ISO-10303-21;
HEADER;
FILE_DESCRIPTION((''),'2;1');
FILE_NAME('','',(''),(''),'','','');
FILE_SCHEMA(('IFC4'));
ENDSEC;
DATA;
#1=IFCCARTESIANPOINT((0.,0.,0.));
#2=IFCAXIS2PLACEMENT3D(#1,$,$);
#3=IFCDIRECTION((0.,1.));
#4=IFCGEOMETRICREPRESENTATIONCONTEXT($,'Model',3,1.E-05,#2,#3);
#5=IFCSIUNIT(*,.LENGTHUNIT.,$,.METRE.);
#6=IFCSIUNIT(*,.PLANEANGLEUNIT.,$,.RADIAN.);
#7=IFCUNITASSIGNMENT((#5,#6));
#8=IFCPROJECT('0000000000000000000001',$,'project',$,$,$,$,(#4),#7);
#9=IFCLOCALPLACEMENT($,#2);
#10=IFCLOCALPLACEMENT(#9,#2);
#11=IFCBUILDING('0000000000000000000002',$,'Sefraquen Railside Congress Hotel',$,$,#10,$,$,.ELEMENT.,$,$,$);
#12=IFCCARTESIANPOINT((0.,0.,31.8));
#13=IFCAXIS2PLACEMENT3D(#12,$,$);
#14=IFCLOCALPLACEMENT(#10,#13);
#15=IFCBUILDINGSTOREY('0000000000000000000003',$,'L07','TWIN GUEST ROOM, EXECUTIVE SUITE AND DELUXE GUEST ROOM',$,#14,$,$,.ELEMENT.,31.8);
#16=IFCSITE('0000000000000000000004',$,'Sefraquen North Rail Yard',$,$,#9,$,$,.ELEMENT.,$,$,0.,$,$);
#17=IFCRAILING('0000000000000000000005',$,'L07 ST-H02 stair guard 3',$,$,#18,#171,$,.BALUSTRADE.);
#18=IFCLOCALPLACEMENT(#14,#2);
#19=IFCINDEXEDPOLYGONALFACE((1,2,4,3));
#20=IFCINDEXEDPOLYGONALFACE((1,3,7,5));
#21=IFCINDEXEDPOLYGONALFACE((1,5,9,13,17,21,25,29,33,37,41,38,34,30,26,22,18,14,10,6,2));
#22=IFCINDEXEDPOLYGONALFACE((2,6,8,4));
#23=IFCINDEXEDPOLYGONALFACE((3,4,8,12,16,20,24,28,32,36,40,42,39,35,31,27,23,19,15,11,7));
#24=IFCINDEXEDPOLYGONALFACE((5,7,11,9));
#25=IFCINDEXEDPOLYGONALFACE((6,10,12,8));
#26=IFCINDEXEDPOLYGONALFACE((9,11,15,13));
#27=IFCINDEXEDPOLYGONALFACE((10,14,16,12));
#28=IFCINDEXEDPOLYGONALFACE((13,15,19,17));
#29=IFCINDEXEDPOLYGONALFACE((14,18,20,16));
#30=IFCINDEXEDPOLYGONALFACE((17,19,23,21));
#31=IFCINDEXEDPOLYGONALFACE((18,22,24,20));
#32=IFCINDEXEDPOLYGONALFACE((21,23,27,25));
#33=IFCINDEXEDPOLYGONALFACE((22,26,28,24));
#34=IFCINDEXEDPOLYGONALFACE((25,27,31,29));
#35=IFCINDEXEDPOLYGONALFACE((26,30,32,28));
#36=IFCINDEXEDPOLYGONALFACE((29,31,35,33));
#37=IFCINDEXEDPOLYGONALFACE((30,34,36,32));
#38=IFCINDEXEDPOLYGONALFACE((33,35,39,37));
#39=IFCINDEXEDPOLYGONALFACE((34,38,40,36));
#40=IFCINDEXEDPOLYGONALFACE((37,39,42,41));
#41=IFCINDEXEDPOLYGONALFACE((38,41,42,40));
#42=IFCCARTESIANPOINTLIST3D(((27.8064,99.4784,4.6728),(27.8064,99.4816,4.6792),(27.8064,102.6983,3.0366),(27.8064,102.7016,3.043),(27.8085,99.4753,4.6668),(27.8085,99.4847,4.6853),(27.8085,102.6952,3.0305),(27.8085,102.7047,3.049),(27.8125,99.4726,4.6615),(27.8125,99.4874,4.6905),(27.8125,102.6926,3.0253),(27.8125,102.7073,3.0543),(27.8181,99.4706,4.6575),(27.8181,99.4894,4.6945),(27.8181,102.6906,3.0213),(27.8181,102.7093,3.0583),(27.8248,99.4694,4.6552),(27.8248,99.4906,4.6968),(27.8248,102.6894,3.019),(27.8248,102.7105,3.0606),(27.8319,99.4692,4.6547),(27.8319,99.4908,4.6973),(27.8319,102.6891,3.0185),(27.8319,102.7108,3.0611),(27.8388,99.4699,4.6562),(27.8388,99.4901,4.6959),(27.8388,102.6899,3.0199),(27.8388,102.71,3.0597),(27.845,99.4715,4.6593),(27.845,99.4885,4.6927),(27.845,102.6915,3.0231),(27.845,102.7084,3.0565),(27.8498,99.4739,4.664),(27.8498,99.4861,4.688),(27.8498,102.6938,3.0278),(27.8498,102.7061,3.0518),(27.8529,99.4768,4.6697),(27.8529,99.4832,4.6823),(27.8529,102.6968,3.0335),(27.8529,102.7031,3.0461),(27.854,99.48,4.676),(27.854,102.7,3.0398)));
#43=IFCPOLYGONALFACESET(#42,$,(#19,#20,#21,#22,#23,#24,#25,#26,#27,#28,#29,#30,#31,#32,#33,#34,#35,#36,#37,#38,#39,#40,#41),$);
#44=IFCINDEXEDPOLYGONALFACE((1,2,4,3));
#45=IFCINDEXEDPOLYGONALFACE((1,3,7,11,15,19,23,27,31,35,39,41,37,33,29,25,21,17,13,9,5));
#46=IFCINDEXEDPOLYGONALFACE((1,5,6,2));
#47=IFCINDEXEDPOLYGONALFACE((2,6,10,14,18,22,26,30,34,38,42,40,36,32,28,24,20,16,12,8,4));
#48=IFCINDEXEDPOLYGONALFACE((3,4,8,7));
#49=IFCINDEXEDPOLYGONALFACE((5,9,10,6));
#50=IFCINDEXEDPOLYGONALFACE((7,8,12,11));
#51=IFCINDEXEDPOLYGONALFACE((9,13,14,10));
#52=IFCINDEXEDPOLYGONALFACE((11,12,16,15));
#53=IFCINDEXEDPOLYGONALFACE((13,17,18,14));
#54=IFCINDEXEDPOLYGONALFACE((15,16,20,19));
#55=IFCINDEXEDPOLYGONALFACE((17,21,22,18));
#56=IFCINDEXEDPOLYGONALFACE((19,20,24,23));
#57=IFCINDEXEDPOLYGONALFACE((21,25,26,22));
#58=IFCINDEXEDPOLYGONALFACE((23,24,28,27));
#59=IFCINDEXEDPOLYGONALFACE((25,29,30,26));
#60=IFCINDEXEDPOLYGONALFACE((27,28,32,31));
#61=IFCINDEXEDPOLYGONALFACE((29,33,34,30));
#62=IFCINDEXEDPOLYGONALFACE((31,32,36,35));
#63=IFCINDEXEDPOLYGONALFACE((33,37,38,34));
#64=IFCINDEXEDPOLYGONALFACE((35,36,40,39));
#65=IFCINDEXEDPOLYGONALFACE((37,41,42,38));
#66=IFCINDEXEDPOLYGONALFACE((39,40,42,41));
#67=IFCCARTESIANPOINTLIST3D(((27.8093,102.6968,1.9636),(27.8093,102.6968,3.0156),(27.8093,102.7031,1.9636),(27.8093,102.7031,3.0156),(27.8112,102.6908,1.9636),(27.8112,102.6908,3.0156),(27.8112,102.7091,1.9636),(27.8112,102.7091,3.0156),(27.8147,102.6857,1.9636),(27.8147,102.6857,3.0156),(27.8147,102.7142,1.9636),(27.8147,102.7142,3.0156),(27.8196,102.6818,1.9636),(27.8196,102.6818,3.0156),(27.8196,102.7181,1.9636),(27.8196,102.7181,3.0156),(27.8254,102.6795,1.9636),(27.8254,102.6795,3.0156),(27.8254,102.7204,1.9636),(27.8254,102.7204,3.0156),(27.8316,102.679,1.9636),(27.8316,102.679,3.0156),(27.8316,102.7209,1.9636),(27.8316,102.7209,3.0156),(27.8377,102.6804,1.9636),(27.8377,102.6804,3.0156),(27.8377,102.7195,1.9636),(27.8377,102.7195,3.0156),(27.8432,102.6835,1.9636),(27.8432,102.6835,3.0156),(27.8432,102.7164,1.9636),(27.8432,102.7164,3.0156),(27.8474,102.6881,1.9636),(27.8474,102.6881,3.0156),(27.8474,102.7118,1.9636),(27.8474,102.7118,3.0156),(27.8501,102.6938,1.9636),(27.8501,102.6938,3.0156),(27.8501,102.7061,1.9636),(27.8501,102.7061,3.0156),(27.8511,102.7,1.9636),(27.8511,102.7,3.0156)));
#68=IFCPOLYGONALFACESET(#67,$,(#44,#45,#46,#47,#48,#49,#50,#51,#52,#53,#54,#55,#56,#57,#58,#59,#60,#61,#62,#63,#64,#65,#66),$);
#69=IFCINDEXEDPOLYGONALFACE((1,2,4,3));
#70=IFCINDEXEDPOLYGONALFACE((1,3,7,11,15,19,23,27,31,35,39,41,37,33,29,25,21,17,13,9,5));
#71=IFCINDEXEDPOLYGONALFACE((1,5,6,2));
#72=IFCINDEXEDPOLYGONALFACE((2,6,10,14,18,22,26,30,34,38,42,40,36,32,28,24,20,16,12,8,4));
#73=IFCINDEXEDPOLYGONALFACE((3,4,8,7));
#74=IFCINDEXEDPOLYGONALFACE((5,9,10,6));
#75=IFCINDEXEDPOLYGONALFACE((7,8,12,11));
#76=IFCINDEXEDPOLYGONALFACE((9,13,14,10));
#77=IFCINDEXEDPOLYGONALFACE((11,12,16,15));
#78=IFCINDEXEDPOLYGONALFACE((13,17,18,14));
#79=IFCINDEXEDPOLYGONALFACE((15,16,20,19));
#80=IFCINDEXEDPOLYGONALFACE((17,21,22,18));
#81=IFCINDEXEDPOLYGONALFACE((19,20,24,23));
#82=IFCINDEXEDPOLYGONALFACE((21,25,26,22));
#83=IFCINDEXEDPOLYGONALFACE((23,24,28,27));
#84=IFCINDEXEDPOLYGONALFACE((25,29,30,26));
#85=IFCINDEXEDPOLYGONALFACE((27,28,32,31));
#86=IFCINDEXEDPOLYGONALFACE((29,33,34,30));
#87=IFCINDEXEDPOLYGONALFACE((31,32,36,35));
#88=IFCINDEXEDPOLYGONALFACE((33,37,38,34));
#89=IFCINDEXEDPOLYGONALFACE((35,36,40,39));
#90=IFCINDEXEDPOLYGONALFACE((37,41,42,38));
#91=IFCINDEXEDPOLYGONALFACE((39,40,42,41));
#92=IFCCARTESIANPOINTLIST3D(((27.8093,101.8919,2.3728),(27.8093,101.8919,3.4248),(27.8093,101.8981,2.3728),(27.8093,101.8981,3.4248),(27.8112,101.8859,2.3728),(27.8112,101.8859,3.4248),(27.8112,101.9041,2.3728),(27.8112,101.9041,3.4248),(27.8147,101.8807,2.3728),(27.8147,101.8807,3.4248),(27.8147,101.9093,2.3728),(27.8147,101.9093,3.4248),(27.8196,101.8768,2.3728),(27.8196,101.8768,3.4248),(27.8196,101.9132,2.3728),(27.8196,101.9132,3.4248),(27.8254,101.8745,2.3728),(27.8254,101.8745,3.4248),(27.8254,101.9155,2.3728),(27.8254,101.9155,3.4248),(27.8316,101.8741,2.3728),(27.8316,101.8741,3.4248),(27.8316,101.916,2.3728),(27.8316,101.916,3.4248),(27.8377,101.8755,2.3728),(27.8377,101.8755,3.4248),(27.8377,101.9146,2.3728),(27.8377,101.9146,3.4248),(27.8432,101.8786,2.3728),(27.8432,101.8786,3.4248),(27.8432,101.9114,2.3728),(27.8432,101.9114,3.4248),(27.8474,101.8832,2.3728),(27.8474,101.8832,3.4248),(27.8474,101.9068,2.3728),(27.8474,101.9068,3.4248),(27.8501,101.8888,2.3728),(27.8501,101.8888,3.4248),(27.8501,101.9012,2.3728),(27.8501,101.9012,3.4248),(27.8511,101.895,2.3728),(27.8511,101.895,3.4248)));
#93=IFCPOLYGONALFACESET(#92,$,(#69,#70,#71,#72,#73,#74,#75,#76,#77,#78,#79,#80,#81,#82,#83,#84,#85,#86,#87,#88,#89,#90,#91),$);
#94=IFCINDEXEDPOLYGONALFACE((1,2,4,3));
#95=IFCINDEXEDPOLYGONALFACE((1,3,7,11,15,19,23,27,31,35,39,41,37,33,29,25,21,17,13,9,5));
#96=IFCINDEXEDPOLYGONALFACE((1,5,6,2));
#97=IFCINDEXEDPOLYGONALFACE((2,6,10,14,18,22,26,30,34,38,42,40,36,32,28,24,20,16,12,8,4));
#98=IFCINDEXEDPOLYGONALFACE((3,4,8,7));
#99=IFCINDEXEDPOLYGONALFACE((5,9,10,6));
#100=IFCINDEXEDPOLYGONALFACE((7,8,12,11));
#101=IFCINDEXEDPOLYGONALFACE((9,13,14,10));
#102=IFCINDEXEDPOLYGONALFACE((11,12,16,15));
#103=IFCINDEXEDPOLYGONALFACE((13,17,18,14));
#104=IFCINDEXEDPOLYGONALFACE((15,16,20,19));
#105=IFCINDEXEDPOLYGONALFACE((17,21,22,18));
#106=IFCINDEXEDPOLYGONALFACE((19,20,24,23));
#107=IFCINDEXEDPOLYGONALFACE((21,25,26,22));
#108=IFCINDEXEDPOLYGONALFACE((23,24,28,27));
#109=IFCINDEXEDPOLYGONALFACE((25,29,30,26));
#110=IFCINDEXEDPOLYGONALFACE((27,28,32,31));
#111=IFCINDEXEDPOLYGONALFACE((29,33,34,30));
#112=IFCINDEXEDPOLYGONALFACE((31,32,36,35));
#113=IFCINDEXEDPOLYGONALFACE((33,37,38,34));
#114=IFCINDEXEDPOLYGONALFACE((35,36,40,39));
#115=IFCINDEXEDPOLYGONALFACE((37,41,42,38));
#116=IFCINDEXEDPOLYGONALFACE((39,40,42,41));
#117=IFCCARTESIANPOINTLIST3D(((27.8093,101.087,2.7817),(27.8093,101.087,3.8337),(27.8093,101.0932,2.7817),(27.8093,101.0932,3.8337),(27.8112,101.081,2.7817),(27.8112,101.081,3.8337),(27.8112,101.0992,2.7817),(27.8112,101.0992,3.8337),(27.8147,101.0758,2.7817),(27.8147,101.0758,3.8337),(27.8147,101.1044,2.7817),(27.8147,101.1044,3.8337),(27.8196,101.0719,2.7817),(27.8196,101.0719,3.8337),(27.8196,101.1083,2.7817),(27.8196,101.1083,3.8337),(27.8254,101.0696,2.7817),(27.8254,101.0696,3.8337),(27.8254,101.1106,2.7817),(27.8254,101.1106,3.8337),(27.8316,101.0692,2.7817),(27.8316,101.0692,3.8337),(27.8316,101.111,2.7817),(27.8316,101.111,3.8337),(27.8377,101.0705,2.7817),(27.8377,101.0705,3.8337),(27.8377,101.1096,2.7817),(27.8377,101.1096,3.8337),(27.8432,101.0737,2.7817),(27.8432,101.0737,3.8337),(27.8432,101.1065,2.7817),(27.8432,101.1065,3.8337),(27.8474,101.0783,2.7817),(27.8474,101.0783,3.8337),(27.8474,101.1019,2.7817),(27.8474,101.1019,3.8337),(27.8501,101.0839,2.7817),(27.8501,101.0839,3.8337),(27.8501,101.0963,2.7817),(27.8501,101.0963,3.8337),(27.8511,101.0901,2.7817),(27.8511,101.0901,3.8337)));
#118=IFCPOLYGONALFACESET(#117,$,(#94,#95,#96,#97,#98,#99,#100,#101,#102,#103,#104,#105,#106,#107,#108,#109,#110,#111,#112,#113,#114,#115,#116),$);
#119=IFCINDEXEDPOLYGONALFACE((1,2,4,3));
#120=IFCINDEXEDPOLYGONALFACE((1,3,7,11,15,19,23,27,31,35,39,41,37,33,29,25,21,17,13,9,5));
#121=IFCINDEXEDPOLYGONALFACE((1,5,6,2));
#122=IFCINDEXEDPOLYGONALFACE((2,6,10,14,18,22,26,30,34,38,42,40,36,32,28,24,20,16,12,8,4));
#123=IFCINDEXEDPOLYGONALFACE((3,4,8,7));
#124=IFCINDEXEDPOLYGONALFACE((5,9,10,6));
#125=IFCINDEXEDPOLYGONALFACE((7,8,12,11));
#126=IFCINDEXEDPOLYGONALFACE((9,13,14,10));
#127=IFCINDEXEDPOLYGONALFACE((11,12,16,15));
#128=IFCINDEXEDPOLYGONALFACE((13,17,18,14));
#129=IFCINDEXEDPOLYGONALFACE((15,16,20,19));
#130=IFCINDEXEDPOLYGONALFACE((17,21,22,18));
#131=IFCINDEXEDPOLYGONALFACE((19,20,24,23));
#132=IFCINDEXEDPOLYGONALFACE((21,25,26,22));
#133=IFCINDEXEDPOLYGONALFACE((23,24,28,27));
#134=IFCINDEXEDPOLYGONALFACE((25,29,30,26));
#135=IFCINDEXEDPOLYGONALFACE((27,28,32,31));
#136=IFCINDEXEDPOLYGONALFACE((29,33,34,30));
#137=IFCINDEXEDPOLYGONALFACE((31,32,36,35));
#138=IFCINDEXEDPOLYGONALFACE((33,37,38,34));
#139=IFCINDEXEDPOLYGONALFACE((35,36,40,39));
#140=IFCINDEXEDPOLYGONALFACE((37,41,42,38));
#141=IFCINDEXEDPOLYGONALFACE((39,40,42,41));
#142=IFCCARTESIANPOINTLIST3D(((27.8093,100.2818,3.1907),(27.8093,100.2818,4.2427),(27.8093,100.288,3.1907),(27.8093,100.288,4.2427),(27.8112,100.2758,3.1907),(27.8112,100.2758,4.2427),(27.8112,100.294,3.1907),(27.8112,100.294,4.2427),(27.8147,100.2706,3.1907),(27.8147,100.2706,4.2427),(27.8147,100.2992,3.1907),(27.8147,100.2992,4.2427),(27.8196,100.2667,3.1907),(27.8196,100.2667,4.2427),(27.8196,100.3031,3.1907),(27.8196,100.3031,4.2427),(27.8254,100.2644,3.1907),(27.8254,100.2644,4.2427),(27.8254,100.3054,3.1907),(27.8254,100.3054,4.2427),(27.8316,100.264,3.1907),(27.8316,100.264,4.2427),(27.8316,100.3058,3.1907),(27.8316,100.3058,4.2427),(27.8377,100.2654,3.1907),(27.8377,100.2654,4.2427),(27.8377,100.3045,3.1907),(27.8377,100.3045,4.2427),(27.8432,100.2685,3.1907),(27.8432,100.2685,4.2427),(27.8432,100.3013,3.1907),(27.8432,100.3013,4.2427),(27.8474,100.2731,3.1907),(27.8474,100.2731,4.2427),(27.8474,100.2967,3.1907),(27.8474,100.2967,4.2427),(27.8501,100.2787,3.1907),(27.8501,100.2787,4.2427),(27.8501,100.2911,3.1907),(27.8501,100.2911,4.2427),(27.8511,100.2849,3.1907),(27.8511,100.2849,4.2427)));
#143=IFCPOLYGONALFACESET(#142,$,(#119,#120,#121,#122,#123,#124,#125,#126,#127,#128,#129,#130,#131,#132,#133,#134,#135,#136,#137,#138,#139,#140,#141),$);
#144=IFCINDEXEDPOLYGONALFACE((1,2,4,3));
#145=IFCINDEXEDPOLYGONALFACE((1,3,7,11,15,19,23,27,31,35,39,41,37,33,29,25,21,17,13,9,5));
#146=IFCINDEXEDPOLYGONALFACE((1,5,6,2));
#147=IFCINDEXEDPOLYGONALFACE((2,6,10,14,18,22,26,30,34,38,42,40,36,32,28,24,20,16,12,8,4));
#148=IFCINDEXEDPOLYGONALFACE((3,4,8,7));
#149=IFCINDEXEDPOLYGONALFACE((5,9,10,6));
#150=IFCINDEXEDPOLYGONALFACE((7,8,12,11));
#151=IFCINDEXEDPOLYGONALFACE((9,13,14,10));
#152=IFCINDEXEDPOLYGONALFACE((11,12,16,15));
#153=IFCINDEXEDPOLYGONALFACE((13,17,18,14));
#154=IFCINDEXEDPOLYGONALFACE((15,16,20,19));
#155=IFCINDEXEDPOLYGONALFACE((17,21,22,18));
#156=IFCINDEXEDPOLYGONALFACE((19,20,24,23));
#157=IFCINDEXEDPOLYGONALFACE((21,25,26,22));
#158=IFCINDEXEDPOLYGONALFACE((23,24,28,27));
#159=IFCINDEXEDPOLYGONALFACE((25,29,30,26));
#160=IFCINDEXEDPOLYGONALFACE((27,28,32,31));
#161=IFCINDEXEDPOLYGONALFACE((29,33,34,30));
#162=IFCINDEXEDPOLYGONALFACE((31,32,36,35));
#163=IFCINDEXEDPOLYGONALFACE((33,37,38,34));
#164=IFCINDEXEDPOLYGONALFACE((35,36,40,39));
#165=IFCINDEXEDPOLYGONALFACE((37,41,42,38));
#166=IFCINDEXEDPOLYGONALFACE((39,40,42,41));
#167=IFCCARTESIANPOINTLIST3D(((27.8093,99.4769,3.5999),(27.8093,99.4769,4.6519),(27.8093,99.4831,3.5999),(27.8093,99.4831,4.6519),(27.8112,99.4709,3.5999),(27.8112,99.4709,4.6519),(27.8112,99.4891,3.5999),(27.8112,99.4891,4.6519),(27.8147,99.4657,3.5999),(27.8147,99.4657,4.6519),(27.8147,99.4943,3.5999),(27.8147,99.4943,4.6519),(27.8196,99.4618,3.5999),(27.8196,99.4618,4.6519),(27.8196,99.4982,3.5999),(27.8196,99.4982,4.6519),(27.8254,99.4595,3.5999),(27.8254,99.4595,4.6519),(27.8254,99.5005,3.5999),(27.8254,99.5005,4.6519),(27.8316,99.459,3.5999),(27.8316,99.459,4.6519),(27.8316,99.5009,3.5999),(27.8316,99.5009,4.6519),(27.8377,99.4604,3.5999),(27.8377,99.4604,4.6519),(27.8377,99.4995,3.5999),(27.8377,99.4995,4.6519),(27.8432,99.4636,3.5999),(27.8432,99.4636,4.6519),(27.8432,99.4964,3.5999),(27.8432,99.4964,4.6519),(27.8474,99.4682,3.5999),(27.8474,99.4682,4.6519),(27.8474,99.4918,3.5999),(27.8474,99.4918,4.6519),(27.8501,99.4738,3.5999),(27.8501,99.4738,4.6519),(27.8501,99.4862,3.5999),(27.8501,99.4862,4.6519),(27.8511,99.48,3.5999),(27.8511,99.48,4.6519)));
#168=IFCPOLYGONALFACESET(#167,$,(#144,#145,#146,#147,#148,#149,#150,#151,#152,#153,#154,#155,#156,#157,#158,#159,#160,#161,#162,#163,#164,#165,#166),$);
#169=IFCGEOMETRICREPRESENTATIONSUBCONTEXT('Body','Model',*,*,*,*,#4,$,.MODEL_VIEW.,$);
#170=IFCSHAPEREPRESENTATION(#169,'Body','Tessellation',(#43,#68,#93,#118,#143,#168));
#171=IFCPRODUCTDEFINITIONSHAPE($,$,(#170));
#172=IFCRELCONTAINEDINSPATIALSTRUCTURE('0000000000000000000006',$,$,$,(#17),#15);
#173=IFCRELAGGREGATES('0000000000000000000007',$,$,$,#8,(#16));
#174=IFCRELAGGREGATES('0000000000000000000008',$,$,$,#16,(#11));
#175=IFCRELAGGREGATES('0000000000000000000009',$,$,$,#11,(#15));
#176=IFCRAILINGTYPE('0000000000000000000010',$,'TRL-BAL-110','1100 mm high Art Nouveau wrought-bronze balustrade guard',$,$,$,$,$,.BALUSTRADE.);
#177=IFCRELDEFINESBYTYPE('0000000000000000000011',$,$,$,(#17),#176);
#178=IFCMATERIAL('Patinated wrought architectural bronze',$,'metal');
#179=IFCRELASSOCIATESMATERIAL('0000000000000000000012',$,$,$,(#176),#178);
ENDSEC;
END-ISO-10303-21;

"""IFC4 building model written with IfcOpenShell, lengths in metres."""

from ifc_helpers import new_model, si_unit, direction, frame, origin, origin_2d, place, context, subcontext, project, spatial, circle, extrude, material, type_object, element, save


model = new_model("IFC4")

# Units and contexts
model_context = context("Model", 3, precision=1e-05, world=origin(), true_north=direction((0.0, 1.0)))
body_context = subcontext(model_context, "Body", "Model", "MODEL_VIEW")
ifc_project = project(units=[si_unit("LENGTHUNIT", "METRE"), si_unit("PLANEANGLEUNIT", "RADIAN")], contexts=[model_context])

# Site, building, storey
site_placement = place(None, origin())
site = spatial("IfcSite", under=ifc_project, at=site_placement, Name="Sefraquen North Rail Yard", CompositionType="ELEMENT", RefElevation=0.0)
building_placement = place(site_placement, origin())
building = spatial("IfcBuilding", under=site, at=building_placement, Name="Sefraquen Railside Congress Hotel", CompositionType="ELEMENT")
storey_placement = place(building_placement, frame((0.0, 0.0, 31.8)))
storey = spatial("IfcBuildingStorey", under=building, at=storey_placement, Name="L07", Description="TWIN GUEST ROOM, EXECUTIVE SUITE AND DELUXE GUEST ROOM", CompositionType="ELEMENT", Elevation=31.8)

# Railing
ifc_material_1 = material(Name="Patinated wrought architectural bronze", Category="metal")
railing_type_1 = type_object("IfcRailingType", Name="TRL-BAL-110", Description="1100 mm high Art Nouveau wrought-bronze balustrade guard", PredefinedType="BALUSTRADE", material=ifc_material_1)
railing_1_placement = place(storey_placement, frame((27.8301, 102.7, 1.9636)))
element("IfcRailing", 1, at=railing_1_placement, inside=storey, type_object=railing_type_1, Name="L07 ST-H02 stair guard 3", PredefinedType="BALUSTRADE", context=body_context, shape_type="SweptSolid", body=[
    extrude(circle(Radius=0.0239, at=origin_2d()), frame((0.0, 0.0, 1.0762), z_axis=(0.0, -0.891502, 0.453017), x_axis=(1.0, 0.0, 0.0)), (0.0, 0.0, 1.0), 3.6118),
    extrude(circle(Radius=0.021, at=origin_2d()), origin(), (0.0, 0.0, 1.0), 1.052),
    extrude(circle(Radius=0.021, at=origin_2d()), frame((0.0, -0.8049, 0.4092)), (0.0, 0.0, 1.0), 1.052),
    extrude(circle(Radius=0.021, at=origin_2d()), frame((0.0, -1.6099, 0.8181)), (0.0, 0.0, 1.0), 1.052),
    extrude(circle(Radius=0.021, at=origin_2d()), frame((0.0, -2.415, 1.2271)), (0.0, 0.0, 1.0), 1.052),
    extrude(circle(Radius=0.021, at=origin_2d()), frame((0.0, -3.22, 1.6362)), (0.0, 0.0, 1.0), 1.052),
])

save(model, "model.ifc")
